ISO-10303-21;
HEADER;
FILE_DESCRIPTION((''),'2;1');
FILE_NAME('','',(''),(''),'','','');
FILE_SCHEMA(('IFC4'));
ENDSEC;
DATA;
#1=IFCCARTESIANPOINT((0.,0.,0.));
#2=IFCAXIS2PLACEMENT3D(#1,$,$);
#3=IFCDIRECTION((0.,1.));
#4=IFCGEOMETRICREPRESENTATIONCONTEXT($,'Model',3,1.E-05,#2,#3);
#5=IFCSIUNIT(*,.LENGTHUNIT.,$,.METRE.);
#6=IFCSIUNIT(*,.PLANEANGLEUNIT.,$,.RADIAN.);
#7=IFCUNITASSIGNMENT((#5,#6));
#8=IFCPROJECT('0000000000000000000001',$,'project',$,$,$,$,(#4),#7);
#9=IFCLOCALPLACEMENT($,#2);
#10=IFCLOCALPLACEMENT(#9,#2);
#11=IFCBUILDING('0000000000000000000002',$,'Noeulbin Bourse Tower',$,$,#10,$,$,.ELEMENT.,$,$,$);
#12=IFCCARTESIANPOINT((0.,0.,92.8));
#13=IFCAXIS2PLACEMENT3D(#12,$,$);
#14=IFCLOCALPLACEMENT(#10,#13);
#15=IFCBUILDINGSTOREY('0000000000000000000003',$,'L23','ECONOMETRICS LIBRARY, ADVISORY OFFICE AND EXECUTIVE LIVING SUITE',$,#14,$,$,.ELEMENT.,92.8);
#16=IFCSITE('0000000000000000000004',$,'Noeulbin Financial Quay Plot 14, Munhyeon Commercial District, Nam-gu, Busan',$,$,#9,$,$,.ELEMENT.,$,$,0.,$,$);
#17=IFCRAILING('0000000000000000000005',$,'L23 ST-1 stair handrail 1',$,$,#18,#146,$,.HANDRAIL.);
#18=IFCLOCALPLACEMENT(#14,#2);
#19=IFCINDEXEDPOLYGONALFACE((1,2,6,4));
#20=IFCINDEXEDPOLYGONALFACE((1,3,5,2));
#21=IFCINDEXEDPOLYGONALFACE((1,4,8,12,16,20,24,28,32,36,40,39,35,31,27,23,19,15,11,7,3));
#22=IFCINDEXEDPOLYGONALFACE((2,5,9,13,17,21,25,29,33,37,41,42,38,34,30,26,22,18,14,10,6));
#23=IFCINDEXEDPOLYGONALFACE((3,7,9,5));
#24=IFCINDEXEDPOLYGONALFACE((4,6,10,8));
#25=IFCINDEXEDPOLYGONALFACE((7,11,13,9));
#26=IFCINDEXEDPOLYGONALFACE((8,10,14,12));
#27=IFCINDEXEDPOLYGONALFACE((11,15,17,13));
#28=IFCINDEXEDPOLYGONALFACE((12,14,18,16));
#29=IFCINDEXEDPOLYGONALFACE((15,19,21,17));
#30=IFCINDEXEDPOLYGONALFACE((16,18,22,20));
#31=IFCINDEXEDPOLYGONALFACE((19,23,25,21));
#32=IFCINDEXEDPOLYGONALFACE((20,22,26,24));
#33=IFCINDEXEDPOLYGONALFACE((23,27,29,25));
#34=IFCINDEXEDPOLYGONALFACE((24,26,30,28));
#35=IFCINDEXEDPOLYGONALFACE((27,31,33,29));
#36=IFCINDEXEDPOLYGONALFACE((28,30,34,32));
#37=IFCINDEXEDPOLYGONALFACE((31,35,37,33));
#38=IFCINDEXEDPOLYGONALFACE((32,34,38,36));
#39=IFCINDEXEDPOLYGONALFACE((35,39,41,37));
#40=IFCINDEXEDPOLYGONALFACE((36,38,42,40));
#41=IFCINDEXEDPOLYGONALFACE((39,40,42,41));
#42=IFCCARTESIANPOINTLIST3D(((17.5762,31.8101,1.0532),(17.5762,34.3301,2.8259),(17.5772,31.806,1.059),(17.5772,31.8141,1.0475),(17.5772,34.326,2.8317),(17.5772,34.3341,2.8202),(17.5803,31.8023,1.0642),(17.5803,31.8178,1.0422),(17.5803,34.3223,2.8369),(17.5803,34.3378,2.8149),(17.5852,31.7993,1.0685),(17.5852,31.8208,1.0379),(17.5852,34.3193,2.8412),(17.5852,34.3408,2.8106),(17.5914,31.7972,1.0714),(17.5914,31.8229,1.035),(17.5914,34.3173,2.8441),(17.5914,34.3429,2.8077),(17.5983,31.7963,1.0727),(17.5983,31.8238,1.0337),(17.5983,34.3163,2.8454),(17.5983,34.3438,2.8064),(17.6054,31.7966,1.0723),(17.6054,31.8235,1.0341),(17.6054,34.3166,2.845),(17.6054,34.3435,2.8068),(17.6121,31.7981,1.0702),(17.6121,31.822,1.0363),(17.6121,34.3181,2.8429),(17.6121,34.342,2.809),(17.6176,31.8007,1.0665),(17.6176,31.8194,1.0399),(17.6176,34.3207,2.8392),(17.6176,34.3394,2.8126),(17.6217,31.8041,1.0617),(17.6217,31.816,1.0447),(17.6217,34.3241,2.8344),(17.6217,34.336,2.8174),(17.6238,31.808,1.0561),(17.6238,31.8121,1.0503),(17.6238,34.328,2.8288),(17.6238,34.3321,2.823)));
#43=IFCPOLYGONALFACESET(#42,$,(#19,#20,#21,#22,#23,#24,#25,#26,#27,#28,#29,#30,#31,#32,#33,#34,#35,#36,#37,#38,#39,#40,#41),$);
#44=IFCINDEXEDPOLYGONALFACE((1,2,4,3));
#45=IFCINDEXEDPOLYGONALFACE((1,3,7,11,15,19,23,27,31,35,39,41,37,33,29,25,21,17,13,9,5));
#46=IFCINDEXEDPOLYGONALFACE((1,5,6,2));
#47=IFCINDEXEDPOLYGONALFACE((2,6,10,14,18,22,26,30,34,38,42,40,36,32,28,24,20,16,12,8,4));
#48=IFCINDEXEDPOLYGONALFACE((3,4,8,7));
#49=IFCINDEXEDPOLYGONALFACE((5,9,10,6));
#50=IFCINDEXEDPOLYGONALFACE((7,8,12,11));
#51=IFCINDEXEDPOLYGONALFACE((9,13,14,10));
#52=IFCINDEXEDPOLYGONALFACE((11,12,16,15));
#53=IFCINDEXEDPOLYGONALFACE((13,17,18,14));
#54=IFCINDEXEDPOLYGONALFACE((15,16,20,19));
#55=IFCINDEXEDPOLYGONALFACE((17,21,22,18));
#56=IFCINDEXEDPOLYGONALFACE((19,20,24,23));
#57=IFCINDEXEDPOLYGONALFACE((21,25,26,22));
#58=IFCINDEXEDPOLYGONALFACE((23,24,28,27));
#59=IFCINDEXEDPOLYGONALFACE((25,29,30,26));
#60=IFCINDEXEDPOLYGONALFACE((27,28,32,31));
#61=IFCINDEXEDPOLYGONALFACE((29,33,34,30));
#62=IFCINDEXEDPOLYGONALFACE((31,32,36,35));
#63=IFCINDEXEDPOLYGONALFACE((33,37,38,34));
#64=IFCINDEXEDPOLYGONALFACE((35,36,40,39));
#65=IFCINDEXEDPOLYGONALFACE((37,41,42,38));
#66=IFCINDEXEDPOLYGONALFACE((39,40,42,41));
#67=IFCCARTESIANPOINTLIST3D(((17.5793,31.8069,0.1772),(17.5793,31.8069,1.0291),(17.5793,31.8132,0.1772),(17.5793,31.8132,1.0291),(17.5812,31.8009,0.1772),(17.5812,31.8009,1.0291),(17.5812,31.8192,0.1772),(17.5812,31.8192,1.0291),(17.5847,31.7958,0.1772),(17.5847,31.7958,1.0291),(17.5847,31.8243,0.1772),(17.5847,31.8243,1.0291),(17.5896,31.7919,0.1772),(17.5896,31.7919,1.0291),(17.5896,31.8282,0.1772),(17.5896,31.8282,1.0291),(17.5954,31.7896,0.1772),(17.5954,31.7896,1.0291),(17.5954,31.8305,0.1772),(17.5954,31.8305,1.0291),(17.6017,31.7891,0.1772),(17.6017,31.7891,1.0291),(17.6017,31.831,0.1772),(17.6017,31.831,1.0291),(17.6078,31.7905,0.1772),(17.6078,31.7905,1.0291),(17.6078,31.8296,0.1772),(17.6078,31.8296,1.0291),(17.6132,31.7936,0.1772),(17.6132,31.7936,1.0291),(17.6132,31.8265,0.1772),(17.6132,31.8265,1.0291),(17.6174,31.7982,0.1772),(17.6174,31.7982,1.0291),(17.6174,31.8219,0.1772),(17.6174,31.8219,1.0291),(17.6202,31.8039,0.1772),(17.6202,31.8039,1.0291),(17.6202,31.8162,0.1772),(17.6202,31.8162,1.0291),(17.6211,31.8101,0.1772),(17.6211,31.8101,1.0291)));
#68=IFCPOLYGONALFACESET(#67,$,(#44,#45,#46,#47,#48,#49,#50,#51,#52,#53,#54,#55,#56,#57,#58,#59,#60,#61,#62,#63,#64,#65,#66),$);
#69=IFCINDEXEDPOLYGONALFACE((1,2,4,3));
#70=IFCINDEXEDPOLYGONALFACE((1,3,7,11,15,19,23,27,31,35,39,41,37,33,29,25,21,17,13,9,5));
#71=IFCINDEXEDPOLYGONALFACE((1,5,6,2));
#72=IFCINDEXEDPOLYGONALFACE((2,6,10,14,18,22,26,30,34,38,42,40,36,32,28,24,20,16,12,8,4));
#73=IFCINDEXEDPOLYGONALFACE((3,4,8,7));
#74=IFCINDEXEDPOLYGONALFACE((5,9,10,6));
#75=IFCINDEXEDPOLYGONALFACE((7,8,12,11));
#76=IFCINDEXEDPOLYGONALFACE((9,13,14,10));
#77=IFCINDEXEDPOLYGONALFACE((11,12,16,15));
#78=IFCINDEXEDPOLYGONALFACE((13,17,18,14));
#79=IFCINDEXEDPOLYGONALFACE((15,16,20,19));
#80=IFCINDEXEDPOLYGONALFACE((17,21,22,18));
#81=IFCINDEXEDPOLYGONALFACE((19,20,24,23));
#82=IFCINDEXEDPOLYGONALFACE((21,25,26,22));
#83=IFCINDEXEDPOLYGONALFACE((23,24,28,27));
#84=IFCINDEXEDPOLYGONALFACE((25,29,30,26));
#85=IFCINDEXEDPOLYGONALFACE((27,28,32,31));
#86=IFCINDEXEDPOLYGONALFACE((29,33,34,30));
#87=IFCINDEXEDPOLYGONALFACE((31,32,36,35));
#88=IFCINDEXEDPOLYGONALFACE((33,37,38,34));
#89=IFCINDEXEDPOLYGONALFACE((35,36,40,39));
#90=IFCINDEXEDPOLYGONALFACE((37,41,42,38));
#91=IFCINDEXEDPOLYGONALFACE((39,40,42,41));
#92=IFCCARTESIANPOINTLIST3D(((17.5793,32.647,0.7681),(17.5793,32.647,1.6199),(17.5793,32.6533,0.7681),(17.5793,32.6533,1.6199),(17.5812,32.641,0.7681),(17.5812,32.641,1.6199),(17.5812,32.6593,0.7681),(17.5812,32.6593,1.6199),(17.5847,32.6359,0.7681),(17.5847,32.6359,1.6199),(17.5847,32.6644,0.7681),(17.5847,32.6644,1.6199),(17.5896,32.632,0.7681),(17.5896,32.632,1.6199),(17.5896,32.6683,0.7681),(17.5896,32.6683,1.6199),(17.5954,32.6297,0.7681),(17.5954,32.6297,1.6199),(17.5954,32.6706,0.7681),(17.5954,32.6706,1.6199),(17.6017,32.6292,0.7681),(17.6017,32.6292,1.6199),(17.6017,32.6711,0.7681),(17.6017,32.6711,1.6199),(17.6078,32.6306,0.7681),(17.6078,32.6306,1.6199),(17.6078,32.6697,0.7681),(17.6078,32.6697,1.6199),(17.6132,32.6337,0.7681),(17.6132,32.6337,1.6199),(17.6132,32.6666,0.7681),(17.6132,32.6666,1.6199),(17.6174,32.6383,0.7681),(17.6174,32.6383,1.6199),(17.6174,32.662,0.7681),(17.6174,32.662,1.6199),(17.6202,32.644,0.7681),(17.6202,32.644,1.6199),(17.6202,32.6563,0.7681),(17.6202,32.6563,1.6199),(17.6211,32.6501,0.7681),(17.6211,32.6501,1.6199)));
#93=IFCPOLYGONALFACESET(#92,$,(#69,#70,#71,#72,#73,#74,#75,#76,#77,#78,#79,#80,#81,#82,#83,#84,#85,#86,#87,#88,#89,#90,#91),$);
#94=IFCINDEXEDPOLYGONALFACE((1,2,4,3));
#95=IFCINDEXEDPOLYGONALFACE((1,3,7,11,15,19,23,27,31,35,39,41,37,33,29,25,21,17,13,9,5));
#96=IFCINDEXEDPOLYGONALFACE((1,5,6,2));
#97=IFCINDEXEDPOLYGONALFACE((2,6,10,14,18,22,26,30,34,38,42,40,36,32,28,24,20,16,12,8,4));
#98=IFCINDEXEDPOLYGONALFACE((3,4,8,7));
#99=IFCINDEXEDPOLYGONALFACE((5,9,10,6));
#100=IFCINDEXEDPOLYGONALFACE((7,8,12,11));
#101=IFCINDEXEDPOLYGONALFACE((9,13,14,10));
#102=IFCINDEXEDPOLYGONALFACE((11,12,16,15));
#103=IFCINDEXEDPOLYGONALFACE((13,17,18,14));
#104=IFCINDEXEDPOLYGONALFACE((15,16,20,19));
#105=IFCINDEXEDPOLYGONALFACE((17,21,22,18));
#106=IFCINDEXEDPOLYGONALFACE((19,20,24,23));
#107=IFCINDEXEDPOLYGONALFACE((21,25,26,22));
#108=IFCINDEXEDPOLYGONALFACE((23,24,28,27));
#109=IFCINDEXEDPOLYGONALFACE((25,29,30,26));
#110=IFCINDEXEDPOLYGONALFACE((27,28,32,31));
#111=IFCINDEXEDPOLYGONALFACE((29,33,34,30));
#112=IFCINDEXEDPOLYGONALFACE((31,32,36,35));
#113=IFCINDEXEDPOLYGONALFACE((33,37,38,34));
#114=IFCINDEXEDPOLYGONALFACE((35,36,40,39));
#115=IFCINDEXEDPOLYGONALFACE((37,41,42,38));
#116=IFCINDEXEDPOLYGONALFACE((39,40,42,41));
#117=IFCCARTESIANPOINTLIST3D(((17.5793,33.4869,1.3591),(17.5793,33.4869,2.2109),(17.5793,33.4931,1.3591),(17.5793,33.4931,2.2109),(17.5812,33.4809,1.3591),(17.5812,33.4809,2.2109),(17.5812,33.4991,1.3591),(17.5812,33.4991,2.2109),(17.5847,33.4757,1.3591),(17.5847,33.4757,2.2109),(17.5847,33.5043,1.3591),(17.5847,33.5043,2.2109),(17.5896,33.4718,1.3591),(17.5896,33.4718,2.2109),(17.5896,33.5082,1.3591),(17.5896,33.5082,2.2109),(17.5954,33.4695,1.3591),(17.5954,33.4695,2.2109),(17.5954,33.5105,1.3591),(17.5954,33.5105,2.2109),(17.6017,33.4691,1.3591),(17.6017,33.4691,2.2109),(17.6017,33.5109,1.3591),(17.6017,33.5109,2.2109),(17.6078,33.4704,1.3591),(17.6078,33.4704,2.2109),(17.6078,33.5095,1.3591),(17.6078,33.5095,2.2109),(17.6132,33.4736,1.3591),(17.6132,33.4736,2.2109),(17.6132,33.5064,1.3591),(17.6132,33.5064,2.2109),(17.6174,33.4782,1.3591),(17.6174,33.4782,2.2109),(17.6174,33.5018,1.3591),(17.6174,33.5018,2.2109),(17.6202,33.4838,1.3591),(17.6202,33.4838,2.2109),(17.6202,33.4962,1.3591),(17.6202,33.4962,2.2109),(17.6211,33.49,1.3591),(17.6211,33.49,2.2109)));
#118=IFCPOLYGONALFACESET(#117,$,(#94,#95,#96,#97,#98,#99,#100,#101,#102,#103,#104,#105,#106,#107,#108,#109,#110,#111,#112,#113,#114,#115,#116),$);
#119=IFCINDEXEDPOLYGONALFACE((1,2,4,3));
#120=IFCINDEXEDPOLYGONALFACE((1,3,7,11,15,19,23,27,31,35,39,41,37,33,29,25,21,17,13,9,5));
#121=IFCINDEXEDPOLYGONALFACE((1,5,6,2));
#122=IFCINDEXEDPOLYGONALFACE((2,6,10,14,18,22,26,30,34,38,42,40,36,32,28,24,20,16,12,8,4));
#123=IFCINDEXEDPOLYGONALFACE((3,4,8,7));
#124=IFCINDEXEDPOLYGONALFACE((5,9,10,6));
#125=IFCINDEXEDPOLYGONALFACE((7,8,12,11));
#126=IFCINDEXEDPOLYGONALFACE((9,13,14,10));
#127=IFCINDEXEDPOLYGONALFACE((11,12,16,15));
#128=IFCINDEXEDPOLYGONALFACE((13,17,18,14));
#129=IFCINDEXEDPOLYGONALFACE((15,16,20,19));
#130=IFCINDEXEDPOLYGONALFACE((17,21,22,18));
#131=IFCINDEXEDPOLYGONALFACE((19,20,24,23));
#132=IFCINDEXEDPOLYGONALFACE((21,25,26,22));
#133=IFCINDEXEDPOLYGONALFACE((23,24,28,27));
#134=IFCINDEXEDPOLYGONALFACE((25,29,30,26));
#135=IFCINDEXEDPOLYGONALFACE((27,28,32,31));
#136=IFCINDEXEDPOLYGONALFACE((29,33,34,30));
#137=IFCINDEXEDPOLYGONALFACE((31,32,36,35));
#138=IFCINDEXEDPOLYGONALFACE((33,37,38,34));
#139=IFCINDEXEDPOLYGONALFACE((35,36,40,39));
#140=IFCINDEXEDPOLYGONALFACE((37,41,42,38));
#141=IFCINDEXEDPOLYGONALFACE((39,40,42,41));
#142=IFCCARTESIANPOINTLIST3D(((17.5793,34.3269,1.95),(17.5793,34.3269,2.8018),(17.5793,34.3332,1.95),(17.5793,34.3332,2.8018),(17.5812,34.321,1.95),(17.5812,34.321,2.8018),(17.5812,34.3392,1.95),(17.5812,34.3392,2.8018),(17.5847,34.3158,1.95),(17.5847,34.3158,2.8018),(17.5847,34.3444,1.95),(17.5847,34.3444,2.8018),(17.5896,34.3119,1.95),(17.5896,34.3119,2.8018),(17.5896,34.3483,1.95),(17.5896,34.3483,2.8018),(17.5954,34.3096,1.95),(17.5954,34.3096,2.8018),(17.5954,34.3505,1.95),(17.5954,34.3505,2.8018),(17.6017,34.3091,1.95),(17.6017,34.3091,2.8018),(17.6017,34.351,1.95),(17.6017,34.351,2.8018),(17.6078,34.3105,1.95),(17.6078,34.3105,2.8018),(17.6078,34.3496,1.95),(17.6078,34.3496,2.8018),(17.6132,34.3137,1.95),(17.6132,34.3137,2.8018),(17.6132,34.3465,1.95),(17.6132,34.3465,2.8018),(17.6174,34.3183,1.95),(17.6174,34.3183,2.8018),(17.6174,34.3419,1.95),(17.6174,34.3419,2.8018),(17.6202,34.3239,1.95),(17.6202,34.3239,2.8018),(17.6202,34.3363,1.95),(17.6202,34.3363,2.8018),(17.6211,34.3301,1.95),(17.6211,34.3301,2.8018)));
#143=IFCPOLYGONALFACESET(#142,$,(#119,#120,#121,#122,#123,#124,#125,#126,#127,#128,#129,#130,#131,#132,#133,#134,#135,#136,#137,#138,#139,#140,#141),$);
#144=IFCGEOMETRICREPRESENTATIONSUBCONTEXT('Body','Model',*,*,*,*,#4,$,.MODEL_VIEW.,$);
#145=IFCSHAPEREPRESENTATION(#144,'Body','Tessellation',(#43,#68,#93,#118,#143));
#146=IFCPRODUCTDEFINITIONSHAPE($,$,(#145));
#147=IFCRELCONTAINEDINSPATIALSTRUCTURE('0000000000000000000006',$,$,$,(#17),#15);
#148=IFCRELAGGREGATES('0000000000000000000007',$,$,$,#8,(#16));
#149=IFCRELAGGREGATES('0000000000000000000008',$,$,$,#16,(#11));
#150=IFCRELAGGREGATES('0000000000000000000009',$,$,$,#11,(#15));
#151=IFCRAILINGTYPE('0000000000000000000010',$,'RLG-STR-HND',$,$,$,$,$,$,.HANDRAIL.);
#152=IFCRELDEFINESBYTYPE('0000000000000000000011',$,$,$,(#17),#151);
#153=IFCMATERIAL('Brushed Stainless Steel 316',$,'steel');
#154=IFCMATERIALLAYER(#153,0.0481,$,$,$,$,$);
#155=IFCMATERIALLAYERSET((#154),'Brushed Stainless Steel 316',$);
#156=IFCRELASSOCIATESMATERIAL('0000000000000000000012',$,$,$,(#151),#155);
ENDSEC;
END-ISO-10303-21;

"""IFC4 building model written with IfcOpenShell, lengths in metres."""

from ifc_helpers import new_model, si_unit, direction, frame, origin, origin_2d, place, context, subcontext, project, spatial, circle, extrude, material, layer, layer_set, type_object, element, save


model = new_model("IFC4")

# Units and contexts
model_context = context("Model", 3, precision=1e-05, world=origin(), true_north=direction((0.0, 1.0)))
body_context = subcontext(model_context, "Body", "Model", "MODEL_VIEW")
ifc_project = project(units=[si_unit("LENGTHUNIT", "METRE"), si_unit("PLANEANGLEUNIT", "RADIAN")], contexts=[model_context])

# Site, building, storey
site_placement = place(None, origin())
site = spatial("IfcSite", under=ifc_project, at=site_placement, Name="Noeulbin Financial Quay Plot 14, Munhyeon Commercial District, Nam-gu, Busan", CompositionType="ELEMENT", RefElevation=0.0)
building_placement = place(site_placement, origin())
building = spatial("IfcBuilding", under=site, at=building_placement, Name="Noeulbin Bourse Tower", CompositionType="ELEMENT")
storey_placement = place(building_placement, frame((0.0, 0.0, 92.8)))
storey = spatial("IfcBuildingStorey", under=building, at=storey_placement, Name="L23", Description="ECONOMETRICS LIBRARY, ADVISORY OFFICE AND EXECUTIVE LIVING SUITE", CompositionType="ELEMENT", Elevation=92.8)

# Shared definitions
ifc_material_1 = material(Name="Brushed Stainless Steel 316", Category="steel")

# Railing
ifc_layer_1 = layer(ifc_material_1, 0.0481)
ifc_layer_set_1 = layer_set([ifc_layer_1], Name="Brushed Stainless Steel 316")
railing_type_1 = type_object("IfcRailingType", Name="RLG-STR-HND", PredefinedType="HANDRAIL", material=ifc_layer_set_1)
railing_1_placement = place(storey_placement, frame((17.6001, 31.8101, 0.1772)))
element("IfcRailing", 1, at=railing_1_placement, inside=storey, type_object=railing_type_1, Name="L23 ST-1 stair handrail 1", PredefinedType="HANDRAIL", context=body_context, shape_type="SweptSolid", body=[
    extrude(circle(Radius=0.0239, at=origin_2d()), frame((0.0, 0.0, 0.876), z_axis=(0.0, 0.817904, 0.575354), x_axis=(-1.0, 0.0, 0.0)), (0.0, 0.0, 1.0), 3.0811),
    extrude(circle(Radius=0.021, at=origin_2d()), origin(), (0.0, 0.0, 1.0), 0.8518),
    extrude(circle(Radius=0.021, at=origin_2d()), frame((0.0, 0.8401, 0.5908)), (0.0, 0.0, 1.0), 0.8518),
    extrude(circle(Radius=0.021, at=origin_2d()), frame((0.0, 1.6799, 1.1819)), (0.0, 0.0, 1.0), 0.8518),
    extrude(circle(Radius=0.021, at=origin_2d()), frame((0.0, 2.52, 1.7727)), (0.0, 0.0, 1.0), 0.8518),
])

save(model, "model.ifc")
